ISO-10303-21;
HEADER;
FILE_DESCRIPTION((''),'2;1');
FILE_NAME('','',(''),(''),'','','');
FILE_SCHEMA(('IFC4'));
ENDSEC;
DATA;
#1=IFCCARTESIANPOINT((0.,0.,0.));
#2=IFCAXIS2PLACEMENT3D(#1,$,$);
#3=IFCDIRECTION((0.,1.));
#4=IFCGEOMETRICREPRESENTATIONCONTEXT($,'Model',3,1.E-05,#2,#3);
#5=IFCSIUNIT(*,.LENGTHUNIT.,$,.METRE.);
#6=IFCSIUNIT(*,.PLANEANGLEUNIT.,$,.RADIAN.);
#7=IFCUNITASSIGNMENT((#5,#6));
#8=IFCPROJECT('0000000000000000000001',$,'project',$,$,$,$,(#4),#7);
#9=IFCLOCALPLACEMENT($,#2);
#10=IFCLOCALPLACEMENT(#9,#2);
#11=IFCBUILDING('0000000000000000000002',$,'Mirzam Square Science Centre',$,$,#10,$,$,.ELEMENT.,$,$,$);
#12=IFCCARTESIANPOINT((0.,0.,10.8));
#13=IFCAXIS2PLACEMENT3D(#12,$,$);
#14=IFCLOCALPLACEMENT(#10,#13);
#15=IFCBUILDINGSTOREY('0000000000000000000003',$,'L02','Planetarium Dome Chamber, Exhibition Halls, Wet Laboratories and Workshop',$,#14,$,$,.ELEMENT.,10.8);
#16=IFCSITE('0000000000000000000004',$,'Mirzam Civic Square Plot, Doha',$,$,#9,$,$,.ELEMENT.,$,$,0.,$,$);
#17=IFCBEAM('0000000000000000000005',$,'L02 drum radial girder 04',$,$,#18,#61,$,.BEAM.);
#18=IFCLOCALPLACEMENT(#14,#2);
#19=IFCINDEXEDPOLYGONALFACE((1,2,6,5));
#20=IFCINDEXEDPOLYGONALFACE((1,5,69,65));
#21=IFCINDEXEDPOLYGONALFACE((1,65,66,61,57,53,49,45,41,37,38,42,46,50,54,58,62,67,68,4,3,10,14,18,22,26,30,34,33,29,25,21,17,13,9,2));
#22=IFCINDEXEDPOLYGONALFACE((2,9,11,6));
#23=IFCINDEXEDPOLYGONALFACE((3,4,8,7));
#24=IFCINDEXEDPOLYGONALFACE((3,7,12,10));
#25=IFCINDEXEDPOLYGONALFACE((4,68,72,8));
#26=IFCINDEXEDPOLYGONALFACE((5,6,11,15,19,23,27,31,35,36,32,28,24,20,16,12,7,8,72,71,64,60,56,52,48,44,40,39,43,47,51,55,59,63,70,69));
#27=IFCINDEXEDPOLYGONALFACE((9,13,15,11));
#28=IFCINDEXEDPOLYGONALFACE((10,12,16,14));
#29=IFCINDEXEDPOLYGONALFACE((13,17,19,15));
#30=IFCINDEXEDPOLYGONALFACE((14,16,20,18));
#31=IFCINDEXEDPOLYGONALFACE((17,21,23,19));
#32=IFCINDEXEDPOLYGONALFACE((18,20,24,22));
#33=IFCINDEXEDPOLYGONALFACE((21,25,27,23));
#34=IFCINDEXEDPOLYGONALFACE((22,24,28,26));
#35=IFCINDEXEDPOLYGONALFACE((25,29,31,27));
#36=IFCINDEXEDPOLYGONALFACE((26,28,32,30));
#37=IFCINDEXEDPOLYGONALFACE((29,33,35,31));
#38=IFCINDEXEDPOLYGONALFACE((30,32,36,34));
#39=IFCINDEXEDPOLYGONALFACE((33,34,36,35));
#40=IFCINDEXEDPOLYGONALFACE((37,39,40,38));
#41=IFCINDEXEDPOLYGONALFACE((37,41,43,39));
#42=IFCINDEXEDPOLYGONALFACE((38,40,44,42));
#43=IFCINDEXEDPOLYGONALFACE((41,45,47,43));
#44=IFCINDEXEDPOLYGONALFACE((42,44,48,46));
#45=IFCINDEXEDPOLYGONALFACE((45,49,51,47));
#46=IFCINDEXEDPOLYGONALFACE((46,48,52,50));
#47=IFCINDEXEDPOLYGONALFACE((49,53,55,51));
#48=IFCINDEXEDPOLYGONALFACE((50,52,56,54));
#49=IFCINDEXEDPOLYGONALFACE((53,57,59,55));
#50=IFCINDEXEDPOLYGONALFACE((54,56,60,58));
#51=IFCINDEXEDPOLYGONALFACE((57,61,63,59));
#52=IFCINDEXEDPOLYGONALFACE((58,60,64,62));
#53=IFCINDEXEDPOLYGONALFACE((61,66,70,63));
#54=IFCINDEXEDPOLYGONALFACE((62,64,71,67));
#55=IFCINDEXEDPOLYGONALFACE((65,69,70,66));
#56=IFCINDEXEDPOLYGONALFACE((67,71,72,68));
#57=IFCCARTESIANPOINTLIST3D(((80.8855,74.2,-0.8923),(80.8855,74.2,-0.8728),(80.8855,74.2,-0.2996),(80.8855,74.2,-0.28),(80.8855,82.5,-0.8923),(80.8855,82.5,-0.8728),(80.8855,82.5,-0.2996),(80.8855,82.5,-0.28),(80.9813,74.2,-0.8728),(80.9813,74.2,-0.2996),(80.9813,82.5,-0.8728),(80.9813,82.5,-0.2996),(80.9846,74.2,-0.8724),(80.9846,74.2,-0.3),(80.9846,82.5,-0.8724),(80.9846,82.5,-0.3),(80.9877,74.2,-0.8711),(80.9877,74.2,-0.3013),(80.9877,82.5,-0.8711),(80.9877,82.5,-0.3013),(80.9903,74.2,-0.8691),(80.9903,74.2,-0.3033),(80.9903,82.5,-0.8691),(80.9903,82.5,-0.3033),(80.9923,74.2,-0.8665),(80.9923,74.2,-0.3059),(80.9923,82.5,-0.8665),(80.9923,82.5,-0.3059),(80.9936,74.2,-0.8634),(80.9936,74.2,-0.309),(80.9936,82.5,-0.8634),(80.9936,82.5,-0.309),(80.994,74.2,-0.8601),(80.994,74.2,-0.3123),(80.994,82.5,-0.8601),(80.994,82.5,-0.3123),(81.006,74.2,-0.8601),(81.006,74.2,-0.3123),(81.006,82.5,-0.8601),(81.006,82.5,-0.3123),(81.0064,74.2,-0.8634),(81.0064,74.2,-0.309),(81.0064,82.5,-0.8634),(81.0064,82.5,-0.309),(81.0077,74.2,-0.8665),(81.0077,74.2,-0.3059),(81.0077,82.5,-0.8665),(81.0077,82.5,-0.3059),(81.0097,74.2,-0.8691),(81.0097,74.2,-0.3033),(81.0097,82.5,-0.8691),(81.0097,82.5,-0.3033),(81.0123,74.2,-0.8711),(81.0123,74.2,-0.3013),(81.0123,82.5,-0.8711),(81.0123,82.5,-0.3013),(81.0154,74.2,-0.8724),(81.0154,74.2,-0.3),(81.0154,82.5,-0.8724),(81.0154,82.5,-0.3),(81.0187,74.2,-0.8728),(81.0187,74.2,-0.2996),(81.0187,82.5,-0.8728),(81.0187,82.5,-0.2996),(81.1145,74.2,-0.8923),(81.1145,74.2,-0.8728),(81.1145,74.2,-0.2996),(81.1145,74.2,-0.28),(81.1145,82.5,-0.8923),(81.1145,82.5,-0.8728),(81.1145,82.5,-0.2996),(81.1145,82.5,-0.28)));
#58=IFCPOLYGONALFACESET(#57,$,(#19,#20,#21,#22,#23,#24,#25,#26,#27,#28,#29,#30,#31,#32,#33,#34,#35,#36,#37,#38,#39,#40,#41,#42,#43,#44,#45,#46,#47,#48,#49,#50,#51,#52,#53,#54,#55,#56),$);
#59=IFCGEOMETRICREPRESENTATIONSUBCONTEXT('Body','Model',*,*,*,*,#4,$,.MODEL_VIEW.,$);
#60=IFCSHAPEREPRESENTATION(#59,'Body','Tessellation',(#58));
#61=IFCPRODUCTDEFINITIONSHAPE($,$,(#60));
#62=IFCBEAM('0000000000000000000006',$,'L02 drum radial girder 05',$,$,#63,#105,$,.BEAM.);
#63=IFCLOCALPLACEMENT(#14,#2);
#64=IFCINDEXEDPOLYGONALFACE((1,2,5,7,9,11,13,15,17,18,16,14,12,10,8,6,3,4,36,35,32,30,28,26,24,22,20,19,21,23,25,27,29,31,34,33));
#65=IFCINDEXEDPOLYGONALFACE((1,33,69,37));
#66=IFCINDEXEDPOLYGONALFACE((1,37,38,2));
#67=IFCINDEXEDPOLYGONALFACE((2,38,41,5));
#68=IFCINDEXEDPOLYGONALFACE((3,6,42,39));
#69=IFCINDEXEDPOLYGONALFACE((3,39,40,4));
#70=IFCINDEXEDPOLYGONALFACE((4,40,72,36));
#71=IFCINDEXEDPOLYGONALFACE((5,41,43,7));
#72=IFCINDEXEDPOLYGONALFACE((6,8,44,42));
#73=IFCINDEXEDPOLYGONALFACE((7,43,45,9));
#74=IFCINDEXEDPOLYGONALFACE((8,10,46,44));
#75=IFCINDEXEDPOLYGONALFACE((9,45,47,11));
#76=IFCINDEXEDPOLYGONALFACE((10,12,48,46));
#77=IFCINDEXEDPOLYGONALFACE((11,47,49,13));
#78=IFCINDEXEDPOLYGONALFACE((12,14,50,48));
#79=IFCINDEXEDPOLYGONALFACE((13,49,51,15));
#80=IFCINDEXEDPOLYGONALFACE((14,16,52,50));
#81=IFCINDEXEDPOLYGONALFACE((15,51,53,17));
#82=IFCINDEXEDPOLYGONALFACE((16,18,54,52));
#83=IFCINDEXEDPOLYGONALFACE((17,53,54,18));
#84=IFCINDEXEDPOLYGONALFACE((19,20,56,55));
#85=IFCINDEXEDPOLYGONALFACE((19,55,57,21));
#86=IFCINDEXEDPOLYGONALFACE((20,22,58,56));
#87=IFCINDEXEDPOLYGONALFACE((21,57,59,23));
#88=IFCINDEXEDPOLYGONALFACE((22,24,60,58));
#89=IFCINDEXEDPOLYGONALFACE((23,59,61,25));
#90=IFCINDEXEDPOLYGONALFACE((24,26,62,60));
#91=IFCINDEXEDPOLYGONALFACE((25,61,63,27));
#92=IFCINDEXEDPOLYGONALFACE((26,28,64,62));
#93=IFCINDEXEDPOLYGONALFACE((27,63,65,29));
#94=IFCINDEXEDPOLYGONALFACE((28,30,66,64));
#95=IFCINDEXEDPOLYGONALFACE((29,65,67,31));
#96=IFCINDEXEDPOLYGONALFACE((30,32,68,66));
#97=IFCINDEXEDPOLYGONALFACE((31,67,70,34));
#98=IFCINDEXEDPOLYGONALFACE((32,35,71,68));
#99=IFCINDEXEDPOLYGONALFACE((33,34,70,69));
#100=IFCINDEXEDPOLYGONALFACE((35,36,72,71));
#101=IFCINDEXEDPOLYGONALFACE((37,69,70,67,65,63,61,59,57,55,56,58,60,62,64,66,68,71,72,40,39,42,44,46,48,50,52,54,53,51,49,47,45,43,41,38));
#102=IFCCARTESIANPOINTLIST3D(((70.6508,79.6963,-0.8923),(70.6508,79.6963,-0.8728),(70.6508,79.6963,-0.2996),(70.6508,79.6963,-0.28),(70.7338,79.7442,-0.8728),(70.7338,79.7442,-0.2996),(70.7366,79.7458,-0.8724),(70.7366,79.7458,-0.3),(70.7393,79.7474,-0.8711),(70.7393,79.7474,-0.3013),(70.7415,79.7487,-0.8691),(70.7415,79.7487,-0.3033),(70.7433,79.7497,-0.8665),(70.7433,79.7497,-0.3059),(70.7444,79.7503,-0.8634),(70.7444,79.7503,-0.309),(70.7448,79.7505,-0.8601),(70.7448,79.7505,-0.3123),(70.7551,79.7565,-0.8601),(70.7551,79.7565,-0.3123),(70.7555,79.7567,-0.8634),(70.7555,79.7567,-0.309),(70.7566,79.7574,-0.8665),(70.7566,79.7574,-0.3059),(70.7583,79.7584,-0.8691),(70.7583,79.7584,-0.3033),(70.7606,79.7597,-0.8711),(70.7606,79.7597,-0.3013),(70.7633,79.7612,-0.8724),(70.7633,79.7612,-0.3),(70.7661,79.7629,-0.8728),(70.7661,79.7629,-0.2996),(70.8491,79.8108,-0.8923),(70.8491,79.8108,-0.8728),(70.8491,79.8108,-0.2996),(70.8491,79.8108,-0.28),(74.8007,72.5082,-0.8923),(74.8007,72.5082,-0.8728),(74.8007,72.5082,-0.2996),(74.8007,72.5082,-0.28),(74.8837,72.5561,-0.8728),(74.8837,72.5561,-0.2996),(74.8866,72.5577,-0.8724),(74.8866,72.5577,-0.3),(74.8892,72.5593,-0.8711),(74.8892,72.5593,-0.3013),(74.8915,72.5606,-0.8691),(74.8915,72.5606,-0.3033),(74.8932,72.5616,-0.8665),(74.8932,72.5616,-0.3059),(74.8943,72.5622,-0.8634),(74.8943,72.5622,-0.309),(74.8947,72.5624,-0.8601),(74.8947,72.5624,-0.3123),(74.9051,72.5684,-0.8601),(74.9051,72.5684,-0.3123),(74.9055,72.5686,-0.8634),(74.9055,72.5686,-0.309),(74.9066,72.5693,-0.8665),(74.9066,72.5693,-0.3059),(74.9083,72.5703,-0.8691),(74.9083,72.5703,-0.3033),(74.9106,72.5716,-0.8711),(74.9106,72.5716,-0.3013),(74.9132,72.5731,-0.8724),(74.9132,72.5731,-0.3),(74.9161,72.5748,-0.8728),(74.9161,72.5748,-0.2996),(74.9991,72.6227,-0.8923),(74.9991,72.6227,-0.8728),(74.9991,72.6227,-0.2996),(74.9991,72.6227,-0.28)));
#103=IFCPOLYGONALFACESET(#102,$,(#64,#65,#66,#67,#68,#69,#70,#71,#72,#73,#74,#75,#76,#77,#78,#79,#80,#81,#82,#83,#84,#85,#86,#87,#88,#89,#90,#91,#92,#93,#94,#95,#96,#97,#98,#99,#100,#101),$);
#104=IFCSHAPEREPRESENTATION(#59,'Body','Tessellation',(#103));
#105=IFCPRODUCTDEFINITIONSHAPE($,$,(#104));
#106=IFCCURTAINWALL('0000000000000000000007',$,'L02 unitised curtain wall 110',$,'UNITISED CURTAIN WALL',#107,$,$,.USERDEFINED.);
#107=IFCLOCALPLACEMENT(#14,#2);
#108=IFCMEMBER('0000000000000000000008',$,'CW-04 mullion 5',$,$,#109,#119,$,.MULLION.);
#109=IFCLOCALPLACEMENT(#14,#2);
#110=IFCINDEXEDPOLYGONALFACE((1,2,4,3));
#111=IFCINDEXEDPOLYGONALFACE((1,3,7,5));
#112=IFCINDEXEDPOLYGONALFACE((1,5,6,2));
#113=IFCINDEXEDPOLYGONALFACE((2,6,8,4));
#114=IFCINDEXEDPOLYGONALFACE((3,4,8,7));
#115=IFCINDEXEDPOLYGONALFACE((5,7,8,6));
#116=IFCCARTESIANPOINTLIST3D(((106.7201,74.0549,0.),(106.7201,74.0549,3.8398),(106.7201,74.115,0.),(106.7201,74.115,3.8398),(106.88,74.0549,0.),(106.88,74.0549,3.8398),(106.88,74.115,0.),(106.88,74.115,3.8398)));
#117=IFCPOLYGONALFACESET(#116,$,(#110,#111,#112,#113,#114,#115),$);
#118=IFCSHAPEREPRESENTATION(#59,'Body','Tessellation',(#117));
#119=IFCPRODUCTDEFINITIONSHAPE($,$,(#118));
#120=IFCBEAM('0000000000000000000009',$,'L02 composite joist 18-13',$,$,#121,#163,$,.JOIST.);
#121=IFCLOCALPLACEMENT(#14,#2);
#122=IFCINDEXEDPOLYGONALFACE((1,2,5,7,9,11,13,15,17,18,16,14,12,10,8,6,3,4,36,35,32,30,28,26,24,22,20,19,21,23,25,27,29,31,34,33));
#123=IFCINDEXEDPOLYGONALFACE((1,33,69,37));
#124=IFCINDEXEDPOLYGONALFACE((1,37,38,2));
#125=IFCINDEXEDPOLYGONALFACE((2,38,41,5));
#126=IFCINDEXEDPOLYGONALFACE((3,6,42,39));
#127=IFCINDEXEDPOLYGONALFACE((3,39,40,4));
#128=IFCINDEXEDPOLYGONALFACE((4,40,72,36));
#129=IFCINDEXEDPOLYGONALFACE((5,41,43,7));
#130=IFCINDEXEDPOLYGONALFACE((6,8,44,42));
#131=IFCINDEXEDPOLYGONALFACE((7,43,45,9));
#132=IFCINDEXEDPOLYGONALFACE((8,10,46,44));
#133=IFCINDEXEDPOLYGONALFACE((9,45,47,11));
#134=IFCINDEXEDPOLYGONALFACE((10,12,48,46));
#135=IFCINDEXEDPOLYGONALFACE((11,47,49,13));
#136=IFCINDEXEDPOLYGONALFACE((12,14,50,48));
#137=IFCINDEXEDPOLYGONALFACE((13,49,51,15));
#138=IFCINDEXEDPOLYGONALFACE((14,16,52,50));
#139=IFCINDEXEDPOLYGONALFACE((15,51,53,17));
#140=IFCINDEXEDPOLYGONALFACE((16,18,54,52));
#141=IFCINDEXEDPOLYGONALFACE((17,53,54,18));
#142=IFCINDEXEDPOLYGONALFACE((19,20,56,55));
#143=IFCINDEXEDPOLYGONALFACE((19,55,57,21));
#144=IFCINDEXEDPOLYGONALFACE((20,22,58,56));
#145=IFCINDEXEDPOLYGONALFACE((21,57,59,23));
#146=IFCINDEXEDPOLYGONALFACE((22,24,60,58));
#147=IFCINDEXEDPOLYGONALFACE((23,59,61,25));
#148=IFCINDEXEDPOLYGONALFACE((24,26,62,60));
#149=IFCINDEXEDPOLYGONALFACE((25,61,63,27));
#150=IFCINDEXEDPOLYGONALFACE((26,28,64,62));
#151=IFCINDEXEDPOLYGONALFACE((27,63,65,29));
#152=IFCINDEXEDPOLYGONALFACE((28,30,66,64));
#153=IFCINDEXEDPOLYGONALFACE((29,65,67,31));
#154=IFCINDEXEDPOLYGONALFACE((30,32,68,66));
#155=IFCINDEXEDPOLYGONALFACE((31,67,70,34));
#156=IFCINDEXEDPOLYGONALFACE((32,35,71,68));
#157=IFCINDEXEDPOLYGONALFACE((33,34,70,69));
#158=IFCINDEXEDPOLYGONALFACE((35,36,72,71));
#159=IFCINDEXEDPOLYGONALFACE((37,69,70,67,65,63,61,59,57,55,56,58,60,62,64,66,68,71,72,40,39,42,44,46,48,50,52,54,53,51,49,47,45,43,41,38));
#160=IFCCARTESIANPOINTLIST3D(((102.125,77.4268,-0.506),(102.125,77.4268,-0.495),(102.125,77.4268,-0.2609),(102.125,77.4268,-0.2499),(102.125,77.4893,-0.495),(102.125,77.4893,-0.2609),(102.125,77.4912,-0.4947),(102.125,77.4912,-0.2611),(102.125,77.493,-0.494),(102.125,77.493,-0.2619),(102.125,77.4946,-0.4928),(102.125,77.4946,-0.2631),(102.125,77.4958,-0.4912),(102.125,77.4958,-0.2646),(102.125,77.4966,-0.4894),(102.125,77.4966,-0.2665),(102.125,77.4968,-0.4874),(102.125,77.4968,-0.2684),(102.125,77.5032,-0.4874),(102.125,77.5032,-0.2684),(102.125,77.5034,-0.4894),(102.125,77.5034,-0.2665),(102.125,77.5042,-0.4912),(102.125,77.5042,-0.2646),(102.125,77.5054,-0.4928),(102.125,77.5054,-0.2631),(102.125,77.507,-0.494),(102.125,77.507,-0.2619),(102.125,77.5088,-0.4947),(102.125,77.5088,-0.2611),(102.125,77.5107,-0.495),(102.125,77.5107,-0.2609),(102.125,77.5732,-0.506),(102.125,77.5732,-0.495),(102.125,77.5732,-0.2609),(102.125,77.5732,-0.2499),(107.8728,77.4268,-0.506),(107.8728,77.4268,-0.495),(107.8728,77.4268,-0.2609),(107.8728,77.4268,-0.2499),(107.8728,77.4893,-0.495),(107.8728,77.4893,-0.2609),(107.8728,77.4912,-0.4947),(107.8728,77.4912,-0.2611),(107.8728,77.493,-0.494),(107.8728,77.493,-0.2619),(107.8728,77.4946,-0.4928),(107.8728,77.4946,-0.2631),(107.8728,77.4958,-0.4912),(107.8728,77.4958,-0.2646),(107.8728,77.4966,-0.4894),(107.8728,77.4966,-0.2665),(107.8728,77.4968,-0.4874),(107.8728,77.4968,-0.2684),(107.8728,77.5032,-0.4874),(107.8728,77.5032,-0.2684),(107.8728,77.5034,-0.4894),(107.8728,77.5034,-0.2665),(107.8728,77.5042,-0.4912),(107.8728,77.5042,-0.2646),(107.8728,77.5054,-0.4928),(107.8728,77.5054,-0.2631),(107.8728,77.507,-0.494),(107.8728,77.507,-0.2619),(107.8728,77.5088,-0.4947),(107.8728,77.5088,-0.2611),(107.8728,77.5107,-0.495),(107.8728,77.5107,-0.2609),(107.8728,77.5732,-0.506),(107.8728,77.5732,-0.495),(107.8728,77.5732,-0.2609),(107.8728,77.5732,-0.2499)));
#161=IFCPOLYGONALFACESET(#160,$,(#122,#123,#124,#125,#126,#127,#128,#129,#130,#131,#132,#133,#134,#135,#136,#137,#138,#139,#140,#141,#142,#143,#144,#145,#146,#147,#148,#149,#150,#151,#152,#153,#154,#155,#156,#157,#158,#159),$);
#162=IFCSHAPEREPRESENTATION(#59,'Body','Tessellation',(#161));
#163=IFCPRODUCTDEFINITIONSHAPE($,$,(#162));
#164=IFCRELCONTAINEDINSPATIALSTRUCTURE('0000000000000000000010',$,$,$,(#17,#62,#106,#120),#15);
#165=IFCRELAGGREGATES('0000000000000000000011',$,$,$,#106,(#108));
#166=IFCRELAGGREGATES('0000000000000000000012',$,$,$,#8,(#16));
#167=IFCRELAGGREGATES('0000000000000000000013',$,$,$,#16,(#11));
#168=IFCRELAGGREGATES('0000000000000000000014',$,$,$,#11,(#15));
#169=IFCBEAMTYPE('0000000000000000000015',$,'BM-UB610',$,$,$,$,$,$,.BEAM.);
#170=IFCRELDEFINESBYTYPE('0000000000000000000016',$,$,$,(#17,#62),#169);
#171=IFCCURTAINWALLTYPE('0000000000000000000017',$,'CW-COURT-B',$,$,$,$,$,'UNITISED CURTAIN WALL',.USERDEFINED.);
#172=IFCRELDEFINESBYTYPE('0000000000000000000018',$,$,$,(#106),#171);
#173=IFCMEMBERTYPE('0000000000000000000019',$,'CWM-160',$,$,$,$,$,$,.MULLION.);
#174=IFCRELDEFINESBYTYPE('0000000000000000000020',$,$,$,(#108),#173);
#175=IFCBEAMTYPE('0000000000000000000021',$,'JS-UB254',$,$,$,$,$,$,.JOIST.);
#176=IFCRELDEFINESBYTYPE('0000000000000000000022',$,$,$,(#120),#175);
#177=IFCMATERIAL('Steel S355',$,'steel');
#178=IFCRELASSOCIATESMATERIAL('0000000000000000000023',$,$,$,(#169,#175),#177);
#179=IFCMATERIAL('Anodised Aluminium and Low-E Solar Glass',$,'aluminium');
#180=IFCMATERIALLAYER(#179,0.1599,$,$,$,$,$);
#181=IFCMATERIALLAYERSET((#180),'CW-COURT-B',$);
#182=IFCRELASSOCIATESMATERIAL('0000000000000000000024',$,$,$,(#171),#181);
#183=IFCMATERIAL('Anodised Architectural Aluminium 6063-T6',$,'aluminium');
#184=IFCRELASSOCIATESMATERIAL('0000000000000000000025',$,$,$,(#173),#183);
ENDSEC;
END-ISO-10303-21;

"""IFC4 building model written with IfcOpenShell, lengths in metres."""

from ifc_helpers import new_model, si_unit, direction, frame, origin, origin_2d, place, context, subcontext, project, spatial, rectangle, i_section, extrude, material, layer, layer_set, material_profile, profile_set, type_object, element, aggregate, save


model = new_model("IFC4")

# Units and contexts
model_context = context("Model", 3, precision=1e-05, world=origin(), true_north=direction((0.0, 1.0)))
body_context = subcontext(model_context, "Body", "Model", "MODEL_VIEW")
ifc_project = project(units=[si_unit("LENGTHUNIT", "METRE"), si_unit("PLANEANGLEUNIT", "RADIAN")], contexts=[model_context])

# Site, building, storey
site_placement = place(None, origin())
site = spatial("IfcSite", under=ifc_project, at=site_placement, Name="Mirzam Civic Square Plot, Doha", CompositionType="ELEMENT", RefElevation=0.0)
building_placement = place(site_placement, origin())
building = spatial("IfcBuilding", under=site, at=building_placement, Name="Mirzam Square Science Centre", CompositionType="ELEMENT")
storey_placement = place(building_placement, frame((0.0, 0.0, 10.8)))
storey = spatial("IfcBuildingStorey", under=building, at=storey_placement, Name="L02", Description="Planetarium Dome Chamber, Exhibition Halls, Wet Laboratories and Workshop", CompositionType="ELEMENT", Elevation=10.8)

# Shared definitions
ifc_material_1 = material(Name="Steel S355", Category="steel")

# Beams
ifc_material_profile_1 = material_profile(ifc_material_1, i_section(OverallWidth=0.229, OverallDepth=0.6123, WebThickness=0.012, FlangeThickness=0.0195, FilletRadius=0.0127, at=origin_2d()), Name="610x229x125UB")
ifc_profile_set_1 = profile_set([ifc_material_profile_1], Name="Steel S355")
beam_type_1 = type_object("IfcBeamType", Name="BM-UB610", PredefinedType="BEAM", material=ifc_profile_set_1)
for number, where, z_axis, x_axis, name in (
    (1, (81.0, 74.2, -0.5862), (0.0, 1.0, 0.0), (-1.0, 0.0, 0.0), "L02 drum radial girder 04"),
    (2, (74.8999, 72.5654, -0.5862), (-0.499992, 0.86603, 0.0), (-0.86603, -0.499992, 0.0), "L02 drum radial girder 05"),
):
    element("IfcBeam", number, at=place(storey_placement, frame(where, z_axis=z_axis, x_axis=x_axis)), inside=storey, type_object=beam_type_1, Name=name, PredefinedType="BEAM", context=body_context, shape_type="SweptSolid", body=[
        extrude(i_section(OverallWidth=0.229, OverallDepth=0.6123, WebThickness=0.012, FlangeThickness=0.0195, FilletRadius=0.0127, at=origin_2d()), origin(), (0.0, 0.0, 1.0), 8.3),
    ])

# Curtain wall, member
ifc_material_2 = material(Name="Anodised Aluminium and Low-E Solar Glass", Category="aluminium")
ifc_layer_1 = layer(ifc_material_2, 0.1599)
ifc_layer_set_1 = layer_set([ifc_layer_1], Name="CW-COURT-B")
curtain_wall_type = type_object("IfcCurtainWallType", Name="CW-COURT-B", ElementType="UNITISED CURTAIN WALL", PredefinedType="USERDEFINED", material=ifc_layer_set_1)
curtain_wall_placement = place(storey_placement, origin())
curtain_wall = element("IfcCurtainWall", 3, at=curtain_wall_placement, inside=storey, type_object=curtain_wall_type, Name="L02 unitised curtain wall 110", ObjectType="UNITISED CURTAIN WALL", PredefinedType="USERDEFINED")
ifc_material_3 = material(Name="Anodised Architectural Aluminium 6063-T6", Category="aluminium")
ifc_material_profile_2 = material_profile(ifc_material_3, rectangle(XDim=0.0601, YDim=0.1599, at=origin_2d()), Name="ALU-MULL-160x60x4")
ifc_profile_set_2 = profile_set([ifc_material_profile_2], Name="Anodised Architectural Aluminium 6063-T6")
member_type = type_object("IfcMemberType", Name="CWM-160", PredefinedType="MULLION", material=ifc_profile_set_2)
member_placement = place(storey_placement, frame((106.8, 74.085, 0.0), z_axis=(0.0, 0.0, 1.0), x_axis=(0.0, -1.0, 0.0)))
member = element("IfcMember", 4, at=member_placement, type_object=member_type, Name="CW-04 mullion 5", PredefinedType="MULLION", context=body_context, shape_type="SweptSolid", body=[
    extrude(rectangle(XDim=0.0601, YDim=0.1599, at=origin_2d()), origin(), (0.0, 0.0, 1.0), 3.8398),
])

# Beam
ifc_material_profile_3 = material_profile(ifc_material_1, i_section(OverallWidth=0.1465, OverallDepth=0.2561, WebThickness=0.0063, FlangeThickness=0.011, FilletRadius=0.0076, at=origin_2d()), Name="254x146x37UB")
ifc_profile_set_3 = profile_set([ifc_material_profile_3], Name="Steel S355")
beam_type_2 = type_object("IfcBeamType", Name="JS-UB254", PredefinedType="JOIST", material=ifc_profile_set_3)
beam_1_placement = place(storey_placement, frame((102.125, 77.5, -0.3779), z_axis=(1.0, 0.0, 0.0), x_axis=(0.0, 1.0, 0.0)))
element("IfcBeam", 5, at=beam_1_placement, inside=storey, type_object=beam_type_2, Name="L02 composite joist 18-13", PredefinedType="JOIST", context=body_context, shape_type="SweptSolid", body=[
    extrude(i_section(OverallWidth=0.1465, OverallDepth=0.2561, WebThickness=0.0063, FlangeThickness=0.011, FilletRadius=0.0076, at=origin_2d()), origin(), (0.0, 0.0, 1.0), 5.7478),
])

aggregate(curtain_wall, [member])

save(model, "model.ifc")
